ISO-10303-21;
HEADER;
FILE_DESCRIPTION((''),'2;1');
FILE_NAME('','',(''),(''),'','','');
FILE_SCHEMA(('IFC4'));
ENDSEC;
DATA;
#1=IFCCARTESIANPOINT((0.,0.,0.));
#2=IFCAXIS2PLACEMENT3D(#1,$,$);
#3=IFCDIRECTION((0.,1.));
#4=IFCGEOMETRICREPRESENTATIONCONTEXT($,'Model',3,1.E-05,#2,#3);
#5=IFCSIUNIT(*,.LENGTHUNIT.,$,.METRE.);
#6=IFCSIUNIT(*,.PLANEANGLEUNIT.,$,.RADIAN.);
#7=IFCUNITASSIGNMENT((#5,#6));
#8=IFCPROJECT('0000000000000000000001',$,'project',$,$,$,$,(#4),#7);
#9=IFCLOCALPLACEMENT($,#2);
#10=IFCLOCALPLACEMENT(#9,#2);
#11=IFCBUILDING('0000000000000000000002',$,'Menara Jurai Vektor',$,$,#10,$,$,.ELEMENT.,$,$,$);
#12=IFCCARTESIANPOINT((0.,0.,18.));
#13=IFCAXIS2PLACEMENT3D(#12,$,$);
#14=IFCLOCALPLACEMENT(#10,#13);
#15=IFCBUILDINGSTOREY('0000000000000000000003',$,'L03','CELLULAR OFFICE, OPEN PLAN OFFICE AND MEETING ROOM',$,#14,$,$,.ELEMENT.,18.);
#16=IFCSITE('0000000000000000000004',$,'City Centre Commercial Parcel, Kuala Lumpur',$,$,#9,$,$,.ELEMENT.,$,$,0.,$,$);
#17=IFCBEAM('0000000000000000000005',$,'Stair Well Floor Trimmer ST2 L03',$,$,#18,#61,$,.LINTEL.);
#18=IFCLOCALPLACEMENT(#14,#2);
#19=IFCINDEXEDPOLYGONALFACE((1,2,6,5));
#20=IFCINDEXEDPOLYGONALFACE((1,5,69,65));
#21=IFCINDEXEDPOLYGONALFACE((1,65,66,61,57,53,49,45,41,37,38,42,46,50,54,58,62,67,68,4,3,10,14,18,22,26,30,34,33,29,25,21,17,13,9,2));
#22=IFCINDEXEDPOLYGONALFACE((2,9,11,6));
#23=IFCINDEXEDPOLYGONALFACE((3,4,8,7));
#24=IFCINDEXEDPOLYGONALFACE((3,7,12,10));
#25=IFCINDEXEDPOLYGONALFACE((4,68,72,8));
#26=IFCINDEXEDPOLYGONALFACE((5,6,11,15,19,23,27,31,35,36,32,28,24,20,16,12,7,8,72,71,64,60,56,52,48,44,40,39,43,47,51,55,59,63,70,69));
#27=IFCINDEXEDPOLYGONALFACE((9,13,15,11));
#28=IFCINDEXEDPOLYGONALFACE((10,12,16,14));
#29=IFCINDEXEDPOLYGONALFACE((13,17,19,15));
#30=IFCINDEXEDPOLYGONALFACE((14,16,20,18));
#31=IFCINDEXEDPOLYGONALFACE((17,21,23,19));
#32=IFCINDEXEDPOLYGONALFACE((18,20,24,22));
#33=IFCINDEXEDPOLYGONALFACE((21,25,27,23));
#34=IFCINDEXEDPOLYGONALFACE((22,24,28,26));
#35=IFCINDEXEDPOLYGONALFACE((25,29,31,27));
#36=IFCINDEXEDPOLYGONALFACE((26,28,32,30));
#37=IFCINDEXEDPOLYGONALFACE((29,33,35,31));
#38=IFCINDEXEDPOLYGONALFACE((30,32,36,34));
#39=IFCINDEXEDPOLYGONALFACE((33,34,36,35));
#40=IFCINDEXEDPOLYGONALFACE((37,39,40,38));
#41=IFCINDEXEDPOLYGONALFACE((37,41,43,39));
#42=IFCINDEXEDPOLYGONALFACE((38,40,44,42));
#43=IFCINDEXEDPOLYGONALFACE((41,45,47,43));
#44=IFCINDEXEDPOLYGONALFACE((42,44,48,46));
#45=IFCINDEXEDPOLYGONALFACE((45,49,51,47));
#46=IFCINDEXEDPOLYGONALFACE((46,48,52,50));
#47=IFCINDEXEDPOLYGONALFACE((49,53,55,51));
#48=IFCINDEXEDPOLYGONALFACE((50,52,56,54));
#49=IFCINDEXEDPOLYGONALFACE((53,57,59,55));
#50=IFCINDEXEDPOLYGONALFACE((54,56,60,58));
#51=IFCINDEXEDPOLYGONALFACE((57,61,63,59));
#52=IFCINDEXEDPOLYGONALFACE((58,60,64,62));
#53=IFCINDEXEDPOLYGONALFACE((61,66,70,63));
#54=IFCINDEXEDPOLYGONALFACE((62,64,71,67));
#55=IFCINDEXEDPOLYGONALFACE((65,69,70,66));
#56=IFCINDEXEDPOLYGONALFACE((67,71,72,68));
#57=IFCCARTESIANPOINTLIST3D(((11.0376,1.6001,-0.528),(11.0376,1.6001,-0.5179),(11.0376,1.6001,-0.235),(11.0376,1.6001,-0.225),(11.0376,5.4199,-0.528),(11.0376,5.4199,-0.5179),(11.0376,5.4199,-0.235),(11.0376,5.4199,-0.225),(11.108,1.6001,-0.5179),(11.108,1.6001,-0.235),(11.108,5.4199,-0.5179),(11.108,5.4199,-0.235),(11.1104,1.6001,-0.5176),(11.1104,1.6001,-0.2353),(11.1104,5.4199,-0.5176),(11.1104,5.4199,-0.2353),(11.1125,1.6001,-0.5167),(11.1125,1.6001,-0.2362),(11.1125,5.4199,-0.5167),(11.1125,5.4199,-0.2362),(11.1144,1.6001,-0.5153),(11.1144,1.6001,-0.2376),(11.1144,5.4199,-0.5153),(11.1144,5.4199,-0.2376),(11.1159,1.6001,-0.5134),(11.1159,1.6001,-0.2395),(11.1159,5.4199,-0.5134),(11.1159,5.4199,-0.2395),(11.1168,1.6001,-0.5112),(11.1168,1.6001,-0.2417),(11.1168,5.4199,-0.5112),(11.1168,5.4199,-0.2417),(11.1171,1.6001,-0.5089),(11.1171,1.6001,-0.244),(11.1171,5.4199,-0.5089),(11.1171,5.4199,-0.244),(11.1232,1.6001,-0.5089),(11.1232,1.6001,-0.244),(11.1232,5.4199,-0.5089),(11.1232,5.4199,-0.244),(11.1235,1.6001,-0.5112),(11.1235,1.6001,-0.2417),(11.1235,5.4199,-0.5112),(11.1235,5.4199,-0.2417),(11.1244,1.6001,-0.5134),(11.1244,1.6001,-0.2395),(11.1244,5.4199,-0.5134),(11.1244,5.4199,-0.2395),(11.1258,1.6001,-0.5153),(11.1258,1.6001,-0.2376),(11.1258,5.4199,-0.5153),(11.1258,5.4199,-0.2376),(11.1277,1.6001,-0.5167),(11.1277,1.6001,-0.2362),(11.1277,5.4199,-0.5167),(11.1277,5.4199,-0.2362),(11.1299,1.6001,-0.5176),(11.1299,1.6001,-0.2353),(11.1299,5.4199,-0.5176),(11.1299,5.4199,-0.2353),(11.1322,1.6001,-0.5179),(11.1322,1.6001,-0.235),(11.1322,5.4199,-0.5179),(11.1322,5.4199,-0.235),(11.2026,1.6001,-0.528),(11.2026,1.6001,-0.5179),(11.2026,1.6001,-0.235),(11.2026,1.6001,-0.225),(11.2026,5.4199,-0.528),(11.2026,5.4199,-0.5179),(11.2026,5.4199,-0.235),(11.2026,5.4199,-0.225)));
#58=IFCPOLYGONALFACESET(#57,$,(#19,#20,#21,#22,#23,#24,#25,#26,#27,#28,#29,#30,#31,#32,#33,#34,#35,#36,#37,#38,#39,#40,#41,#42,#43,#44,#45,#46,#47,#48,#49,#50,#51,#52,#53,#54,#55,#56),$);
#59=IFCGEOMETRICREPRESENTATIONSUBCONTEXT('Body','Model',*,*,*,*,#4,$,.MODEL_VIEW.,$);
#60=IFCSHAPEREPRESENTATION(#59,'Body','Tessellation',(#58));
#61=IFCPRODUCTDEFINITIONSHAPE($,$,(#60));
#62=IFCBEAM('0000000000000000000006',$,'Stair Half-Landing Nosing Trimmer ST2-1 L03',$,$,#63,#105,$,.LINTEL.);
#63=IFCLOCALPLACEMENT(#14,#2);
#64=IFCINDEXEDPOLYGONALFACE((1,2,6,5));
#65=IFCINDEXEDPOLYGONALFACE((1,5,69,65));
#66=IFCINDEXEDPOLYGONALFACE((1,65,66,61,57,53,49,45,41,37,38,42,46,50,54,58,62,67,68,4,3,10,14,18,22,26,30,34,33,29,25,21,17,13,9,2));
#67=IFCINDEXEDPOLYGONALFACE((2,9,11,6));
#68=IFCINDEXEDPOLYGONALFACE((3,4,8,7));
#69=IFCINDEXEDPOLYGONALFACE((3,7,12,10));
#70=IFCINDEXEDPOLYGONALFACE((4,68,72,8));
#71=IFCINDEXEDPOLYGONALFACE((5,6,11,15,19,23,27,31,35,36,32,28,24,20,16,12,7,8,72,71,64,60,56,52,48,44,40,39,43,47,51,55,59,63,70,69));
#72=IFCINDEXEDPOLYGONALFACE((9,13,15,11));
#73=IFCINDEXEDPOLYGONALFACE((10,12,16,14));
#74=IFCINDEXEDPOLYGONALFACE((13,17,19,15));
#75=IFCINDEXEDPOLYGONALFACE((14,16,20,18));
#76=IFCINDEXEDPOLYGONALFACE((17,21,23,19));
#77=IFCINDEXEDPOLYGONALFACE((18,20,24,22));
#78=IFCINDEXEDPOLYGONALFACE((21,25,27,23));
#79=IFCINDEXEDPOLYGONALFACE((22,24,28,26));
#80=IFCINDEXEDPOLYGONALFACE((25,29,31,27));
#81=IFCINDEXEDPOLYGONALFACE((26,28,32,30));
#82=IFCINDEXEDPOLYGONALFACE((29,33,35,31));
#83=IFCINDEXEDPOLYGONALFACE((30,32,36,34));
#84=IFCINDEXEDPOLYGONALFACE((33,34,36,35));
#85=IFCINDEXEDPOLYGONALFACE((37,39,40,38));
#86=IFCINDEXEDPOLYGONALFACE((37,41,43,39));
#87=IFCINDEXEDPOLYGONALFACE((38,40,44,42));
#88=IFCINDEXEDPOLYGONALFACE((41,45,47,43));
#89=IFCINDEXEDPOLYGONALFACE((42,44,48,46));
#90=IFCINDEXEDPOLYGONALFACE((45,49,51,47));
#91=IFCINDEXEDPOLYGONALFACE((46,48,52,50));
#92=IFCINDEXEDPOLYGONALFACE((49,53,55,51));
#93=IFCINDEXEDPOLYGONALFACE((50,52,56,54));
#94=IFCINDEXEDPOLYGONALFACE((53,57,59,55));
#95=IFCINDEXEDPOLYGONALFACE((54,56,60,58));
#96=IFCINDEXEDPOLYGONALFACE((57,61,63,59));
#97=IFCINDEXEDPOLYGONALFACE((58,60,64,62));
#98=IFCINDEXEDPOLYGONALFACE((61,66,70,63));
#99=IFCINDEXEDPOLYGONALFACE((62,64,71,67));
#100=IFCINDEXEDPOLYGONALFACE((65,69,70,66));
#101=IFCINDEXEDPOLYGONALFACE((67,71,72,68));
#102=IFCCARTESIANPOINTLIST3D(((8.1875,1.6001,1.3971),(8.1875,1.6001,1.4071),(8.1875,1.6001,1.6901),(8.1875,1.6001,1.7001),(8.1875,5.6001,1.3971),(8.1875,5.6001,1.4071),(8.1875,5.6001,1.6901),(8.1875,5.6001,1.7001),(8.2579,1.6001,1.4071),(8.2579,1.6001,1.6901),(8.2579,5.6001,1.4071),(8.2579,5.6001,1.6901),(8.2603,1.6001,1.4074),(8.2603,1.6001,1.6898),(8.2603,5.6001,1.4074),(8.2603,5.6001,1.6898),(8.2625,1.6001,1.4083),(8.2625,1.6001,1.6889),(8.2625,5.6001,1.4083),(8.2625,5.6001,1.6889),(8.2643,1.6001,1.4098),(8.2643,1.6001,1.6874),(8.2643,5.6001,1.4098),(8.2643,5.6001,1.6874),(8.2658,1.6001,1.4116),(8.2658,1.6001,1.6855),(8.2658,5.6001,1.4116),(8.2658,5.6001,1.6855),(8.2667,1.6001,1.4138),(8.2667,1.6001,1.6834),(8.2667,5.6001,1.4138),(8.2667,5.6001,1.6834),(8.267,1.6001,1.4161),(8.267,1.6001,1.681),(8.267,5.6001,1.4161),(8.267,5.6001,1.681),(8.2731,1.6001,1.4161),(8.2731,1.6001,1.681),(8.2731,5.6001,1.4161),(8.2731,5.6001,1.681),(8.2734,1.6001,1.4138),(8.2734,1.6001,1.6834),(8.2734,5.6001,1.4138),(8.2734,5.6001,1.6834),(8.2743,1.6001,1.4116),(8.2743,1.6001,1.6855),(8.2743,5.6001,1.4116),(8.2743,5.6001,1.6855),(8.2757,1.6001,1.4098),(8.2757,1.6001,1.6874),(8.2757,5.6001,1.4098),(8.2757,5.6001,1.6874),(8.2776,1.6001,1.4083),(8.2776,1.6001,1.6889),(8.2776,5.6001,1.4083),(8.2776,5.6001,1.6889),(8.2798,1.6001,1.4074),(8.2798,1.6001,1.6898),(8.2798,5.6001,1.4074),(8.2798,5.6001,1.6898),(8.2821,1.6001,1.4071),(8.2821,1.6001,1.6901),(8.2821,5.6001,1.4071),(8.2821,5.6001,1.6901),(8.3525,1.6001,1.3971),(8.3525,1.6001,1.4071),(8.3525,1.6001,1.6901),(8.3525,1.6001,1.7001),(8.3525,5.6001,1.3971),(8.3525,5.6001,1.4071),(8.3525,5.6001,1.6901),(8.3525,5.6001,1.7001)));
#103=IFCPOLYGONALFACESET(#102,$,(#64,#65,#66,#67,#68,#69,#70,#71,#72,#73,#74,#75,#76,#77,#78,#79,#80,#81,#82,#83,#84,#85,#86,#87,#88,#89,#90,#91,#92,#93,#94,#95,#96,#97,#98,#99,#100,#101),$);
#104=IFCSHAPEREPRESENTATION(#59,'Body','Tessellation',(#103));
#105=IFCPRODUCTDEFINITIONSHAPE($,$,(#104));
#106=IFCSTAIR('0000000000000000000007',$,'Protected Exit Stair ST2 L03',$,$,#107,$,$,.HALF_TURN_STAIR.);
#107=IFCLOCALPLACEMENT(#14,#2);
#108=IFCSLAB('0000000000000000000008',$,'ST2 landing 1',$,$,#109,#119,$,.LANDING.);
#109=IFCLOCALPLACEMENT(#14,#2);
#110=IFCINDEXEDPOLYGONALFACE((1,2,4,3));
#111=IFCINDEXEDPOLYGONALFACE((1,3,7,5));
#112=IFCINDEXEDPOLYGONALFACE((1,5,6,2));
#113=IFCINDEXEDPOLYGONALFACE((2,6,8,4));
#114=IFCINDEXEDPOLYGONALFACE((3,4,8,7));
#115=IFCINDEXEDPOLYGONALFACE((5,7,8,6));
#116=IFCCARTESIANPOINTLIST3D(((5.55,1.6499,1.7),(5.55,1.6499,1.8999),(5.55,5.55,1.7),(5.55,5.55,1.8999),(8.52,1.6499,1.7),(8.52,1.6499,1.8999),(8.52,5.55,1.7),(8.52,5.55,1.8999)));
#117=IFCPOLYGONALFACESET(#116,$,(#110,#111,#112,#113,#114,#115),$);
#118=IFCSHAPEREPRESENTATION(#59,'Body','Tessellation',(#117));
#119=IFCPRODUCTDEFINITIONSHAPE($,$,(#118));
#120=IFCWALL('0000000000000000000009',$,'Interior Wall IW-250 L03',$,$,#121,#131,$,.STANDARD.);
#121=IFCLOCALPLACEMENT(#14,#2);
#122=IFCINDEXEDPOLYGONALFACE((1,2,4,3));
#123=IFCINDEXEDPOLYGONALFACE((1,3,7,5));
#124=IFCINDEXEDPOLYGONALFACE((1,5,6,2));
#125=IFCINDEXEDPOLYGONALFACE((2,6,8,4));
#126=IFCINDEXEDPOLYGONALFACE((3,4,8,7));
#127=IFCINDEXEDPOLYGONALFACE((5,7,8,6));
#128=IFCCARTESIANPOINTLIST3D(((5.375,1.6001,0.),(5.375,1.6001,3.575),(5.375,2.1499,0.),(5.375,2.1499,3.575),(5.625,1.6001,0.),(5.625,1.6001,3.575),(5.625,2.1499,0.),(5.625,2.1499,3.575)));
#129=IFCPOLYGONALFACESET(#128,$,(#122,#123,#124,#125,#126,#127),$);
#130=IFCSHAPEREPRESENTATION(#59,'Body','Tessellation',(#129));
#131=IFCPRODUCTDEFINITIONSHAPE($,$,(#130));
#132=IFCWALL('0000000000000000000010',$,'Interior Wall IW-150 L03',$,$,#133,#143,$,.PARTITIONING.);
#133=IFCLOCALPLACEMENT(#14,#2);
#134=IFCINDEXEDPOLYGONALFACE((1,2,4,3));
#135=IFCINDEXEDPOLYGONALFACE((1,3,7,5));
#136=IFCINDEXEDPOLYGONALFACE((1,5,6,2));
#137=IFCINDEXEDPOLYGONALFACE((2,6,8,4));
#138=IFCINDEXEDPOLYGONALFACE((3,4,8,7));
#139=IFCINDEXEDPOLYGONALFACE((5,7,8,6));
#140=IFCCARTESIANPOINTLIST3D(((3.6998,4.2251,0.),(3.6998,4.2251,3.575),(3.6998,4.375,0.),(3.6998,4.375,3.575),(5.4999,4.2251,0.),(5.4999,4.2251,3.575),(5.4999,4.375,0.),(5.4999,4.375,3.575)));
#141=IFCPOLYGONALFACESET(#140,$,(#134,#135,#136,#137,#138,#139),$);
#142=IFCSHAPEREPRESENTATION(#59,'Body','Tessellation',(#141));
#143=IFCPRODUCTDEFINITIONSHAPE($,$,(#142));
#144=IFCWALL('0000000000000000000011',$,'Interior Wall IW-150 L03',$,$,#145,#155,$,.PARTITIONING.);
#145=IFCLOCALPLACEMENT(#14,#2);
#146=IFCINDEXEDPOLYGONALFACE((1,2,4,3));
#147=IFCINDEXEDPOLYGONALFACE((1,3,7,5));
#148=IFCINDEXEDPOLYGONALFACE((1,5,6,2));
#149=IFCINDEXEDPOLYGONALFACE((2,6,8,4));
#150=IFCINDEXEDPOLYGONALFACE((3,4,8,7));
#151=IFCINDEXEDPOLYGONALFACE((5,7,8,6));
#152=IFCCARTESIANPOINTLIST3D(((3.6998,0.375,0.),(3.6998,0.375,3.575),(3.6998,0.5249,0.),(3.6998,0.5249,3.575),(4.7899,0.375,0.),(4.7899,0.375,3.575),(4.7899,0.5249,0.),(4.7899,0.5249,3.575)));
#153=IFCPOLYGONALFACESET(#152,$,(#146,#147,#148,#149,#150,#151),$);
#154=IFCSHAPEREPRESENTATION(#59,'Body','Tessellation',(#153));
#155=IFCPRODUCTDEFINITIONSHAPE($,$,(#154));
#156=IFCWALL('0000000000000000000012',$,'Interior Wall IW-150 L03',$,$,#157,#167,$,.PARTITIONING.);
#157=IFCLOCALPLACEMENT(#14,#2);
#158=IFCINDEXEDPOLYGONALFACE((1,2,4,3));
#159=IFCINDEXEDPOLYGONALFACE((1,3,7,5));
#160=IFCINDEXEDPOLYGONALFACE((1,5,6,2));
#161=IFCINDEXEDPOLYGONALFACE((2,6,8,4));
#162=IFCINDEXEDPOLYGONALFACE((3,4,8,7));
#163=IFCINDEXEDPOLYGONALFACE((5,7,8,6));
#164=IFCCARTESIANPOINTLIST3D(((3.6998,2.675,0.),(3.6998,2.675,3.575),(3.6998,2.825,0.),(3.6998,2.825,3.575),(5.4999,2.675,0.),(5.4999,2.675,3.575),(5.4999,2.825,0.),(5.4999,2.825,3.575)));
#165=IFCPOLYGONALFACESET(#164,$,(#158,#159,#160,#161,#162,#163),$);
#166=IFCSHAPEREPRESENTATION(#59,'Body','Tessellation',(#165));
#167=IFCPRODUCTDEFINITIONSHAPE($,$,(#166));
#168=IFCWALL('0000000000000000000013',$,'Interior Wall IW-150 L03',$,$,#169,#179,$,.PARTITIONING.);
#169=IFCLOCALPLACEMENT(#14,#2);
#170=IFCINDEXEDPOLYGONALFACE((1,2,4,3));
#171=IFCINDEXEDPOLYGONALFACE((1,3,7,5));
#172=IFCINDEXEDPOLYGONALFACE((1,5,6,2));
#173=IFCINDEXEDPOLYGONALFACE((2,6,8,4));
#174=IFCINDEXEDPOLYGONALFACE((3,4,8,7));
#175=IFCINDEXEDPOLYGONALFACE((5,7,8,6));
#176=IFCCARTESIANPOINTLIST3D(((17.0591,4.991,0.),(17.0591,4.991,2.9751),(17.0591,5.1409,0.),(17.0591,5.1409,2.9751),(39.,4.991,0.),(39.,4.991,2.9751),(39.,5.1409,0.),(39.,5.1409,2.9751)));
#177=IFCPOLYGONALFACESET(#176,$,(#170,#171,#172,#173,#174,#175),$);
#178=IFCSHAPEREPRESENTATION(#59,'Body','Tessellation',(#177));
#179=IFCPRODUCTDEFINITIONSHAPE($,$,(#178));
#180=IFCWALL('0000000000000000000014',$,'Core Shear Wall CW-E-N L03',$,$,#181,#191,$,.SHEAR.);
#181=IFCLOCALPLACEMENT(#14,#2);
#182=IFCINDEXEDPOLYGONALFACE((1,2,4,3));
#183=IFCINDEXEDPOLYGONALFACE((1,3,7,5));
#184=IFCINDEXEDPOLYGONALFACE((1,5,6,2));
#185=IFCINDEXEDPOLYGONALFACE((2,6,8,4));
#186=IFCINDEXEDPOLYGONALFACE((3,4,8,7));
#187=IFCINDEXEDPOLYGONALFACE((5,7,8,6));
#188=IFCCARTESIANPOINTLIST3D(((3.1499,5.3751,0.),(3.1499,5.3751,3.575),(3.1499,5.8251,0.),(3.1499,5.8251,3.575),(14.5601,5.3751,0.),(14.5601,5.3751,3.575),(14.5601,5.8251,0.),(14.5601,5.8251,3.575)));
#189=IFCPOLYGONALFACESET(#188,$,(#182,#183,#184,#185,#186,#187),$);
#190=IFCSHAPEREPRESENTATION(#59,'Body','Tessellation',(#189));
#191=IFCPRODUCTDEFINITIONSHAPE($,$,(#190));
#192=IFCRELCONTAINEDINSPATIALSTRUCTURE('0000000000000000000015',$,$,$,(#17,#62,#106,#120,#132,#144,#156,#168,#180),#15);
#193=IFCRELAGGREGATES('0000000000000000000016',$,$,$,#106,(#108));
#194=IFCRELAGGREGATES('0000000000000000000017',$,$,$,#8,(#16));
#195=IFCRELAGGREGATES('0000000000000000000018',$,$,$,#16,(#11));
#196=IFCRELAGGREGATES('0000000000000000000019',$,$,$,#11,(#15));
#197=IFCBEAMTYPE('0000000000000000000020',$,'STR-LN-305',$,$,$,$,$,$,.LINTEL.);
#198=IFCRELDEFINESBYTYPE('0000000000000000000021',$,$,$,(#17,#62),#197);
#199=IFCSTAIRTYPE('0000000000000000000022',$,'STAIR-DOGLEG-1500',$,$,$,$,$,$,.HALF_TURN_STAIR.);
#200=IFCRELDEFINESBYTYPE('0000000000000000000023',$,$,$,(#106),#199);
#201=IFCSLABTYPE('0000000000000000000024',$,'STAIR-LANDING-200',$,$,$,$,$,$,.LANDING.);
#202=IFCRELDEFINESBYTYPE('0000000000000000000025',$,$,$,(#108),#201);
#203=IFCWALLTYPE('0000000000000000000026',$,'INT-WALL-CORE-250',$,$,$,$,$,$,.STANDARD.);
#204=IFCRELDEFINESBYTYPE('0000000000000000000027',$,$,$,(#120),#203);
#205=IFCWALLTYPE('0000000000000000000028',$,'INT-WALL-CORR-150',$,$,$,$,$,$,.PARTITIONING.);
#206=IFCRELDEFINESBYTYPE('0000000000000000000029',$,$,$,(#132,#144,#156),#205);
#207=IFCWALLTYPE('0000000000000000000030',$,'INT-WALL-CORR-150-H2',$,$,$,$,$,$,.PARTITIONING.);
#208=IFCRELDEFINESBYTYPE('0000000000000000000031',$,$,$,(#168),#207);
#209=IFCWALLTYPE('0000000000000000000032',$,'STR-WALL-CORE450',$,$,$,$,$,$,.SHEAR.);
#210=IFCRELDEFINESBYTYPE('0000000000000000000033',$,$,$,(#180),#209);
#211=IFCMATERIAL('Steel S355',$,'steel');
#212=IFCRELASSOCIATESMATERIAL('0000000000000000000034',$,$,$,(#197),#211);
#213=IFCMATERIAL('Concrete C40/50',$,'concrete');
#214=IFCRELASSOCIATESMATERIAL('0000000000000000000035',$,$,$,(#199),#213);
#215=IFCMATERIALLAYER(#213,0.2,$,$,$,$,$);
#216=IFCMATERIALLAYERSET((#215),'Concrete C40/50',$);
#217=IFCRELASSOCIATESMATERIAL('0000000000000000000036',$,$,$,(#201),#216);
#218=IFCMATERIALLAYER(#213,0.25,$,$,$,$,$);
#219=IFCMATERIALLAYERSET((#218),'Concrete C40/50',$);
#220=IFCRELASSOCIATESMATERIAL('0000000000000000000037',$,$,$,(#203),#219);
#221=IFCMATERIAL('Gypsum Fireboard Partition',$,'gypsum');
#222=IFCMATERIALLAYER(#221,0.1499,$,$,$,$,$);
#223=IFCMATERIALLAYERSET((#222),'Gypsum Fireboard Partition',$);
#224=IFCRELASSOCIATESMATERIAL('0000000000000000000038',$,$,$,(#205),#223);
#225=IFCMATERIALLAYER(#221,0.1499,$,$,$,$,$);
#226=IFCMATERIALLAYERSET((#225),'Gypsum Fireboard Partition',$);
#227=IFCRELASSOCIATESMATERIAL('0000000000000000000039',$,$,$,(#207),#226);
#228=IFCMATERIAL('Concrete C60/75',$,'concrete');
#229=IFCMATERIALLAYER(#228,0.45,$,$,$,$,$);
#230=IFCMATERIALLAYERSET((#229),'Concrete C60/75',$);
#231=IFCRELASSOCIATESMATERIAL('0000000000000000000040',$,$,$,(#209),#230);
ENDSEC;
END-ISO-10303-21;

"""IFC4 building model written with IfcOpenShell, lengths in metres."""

from ifc_helpers import new_model, si_unit, direction, frame, frame_2d, origin, origin_2d, place, context, subcontext, project, spatial, polyline, rectangle, i_section, outline, extrude, material, layer, layer_set, material_profile, profile_set, type_object, element, aggregate, save


model = new_model("IFC4")

# Units and contexts
model_context = context("Model", 3, precision=1e-05, world=origin(), true_north=direction((0.0, 1.0)))
body_context = subcontext(model_context, "Body", "Model", "MODEL_VIEW")
ifc_project = project(units=[si_unit("LENGTHUNIT", "METRE"), si_unit("PLANEANGLEUNIT", "RADIAN")], contexts=[model_context])

# Site, building, storey
site_placement = place(None, origin())
site = spatial("IfcSite", under=ifc_project, at=site_placement, Name="City Centre Commercial Parcel, Kuala Lumpur", CompositionType="ELEMENT", RefElevation=0.0)
building_placement = place(site_placement, origin())
building = spatial("IfcBuilding", under=site, at=building_placement, Name="Menara Jurai Vektor", CompositionType="ELEMENT")
storey_placement = place(building_placement, frame((0.0, 0.0, 18.0)))
storey = spatial("IfcBuildingStorey", under=building, at=storey_placement, Name="L03", Description="CELLULAR OFFICE, OPEN PLAN OFFICE AND MEETING ROOM", CompositionType="ELEMENT", Elevation=18.0)

# Shared definitions
ifc_material_1 = material(Name="Concrete C60/75", Category="concrete")
ifc_material_2 = material(Name="Steel S355", Category="steel")

# Beams
ifc_material_profile_1 = material_profile(ifc_material_2, i_section(OverallWidth=0.165, OverallDepth=0.303, WebThickness=0.0061, FlangeThickness=0.01, FilletRadius=0.009, at=origin_2d()), Name="UKB 305x165x40")
ifc_profile_set_1 = profile_set([ifc_material_profile_1], Name="Steel S355")
beam_type_1 = type_object("IfcBeamType", Name="STR-LN-305", PredefinedType="LINTEL", material=ifc_profile_set_1)
beam_1_placement = place(storey_placement, frame((11.1201, 1.6001, -0.3765), z_axis=(0.0, 1.0, 0.0), x_axis=(-1.0, 0.0, 0.0)))
element("IfcBeam", 1, at=beam_1_placement, inside=storey, type_object=beam_type_1, Name="Stair Well Floor Trimmer ST2 L03", PredefinedType="LINTEL", context=body_context, shape_type="SweptSolid", body=[
    extrude(i_section(OverallWidth=0.165, OverallDepth=0.303, WebThickness=0.0061, FlangeThickness=0.01, FilletRadius=0.009, at=origin_2d()), origin(), (0.0, 0.0, 1.0), 3.8198),
])
beam_2_placement = place(storey_placement, frame((8.27, 1.6001, 1.5486), z_axis=(0.0, 1.0, 0.0), x_axis=(-1.0, 0.0, 0.0)))
element("IfcBeam", 2, at=beam_2_placement, inside=storey, type_object=beam_type_1, Name="Stair Half-Landing Nosing Trimmer ST2-1 L03", PredefinedType="LINTEL", context=body_context, shape_type="SweptSolid", body=[
    extrude(i_section(OverallWidth=0.165, OverallDepth=0.303, WebThickness=0.0061, FlangeThickness=0.01, FilletRadius=0.009, at=origin_2d()), origin(), (0.0, 0.0, 1.0), 4.0),
])

# Stair, slab
ifc_material_3 = material(Name="Concrete C40/50", Category="concrete")
stair_type = type_object("IfcStairType", Name="STAIR-DOGLEG-1500", PredefinedType="HALF_TURN_STAIR", material=ifc_material_3)
stair_placement = place(storey_placement, origin())
stair = element("IfcStair", 3, at=stair_placement, inside=storey, type_object=stair_type, Name="Protected Exit Stair ST2 L03", PredefinedType="HALF_TURN_STAIR")
ifc_layer_1 = layer(ifc_material_3, 0.2)
ifc_layer_set_1 = layer_set([ifc_layer_1], Name="Concrete C40/50")
slab_type = type_object("IfcSlabType", Name="STAIR-LANDING-200", PredefinedType="LANDING", material=ifc_layer_set_1)
slab_placement = place(storey_placement, frame((0.0, 0.0, 1.7)))
slab = element("IfcSlab", 4, at=slab_placement, type_object=slab_type, Name="ST2 landing 1", PredefinedType="LANDING", context=body_context, shape_type="SweptSolid", body=[
    extrude(outline(polyline([(5.55, 1.6499), (8.52, 1.6499), (8.52, 5.55), (5.55, 5.55), (5.55, 1.6499)])), origin(), (0.0, 0.0, 1.0), 0.2),
])

# Shared definitions
ifc_layer_2 = layer(ifc_material_3, 0.25)
ifc_layer_set_2 = layer_set([ifc_layer_2], Name="Concrete C40/50")
wall_type_1 = type_object("IfcWallType", Name="INT-WALL-CORE-250", PredefinedType="STANDARD", material=ifc_layer_set_2)

# Walls
wall_1_placement = place(storey_placement, frame((5.5, 1.6001, 0.0), z_axis=(0.0, 0.0, 1.0), x_axis=(0.0, 1.0, 0.0)))
element("IfcWall", 5, at=wall_1_placement, inside=storey, type_object=wall_type_1, Name="Interior Wall IW-250 L03", PredefinedType="STANDARD", context=body_context, shape_type="SweptSolid", body=[
    extrude(rectangle(XDim=0.5498, YDim=0.25, at=frame_2d((0.2749, 0.0))), origin(), (0.0, 0.0, 1.0), 3.575),
])
ifc_material_4 = material(Name="Gypsum Fireboard Partition", Category="gypsum")
ifc_layer_3 = layer(ifc_material_4, 0.1499)
ifc_layer_set_3 = layer_set([ifc_layer_3], Name="Gypsum Fireboard Partition")
wall_type_2 = type_object("IfcWallType", Name="INT-WALL-CORR-150", PredefinedType="PARTITIONING", material=ifc_layer_set_3)
wall_2_placement = place(storey_placement, frame((3.7, 4.3, 0.0), z_axis=(0.0, 0.0, 1.0), x_axis=(1.0, 0.0, 0.0)))
element("IfcWall", 6, at=wall_2_placement, inside=storey, type_object=wall_type_2, Name="Interior Wall IW-150 L03", PredefinedType="PARTITIONING", context=body_context, shape_type="SweptSolid", body=[
    extrude(rectangle(XDim=1.8, YDim=0.1499, at=frame_2d((0.8999, 0.0))), origin(), (0.0, 0.0, 1.0), 3.575),
])
wall_3_placement = place(storey_placement, frame((3.7, 0.45, 0.0), z_axis=(0.0, 0.0, 1.0), x_axis=(1.0, 0.0, 0.0)))
element("IfcWall", 7, at=wall_3_placement, inside=storey, type_object=wall_type_2, Name="Interior Wall IW-150 L03", PredefinedType="PARTITIONING", context=body_context, shape_type="SweptSolid", body=[
    extrude(rectangle(XDim=1.0901, YDim=0.1499, at=frame_2d((0.5449, 0.0))), origin(), (0.0, 0.0, 1.0), 3.575),
])
wall_4_placement = place(storey_placement, frame((3.7, 2.75, 0.0), z_axis=(0.0, 0.0, 1.0), x_axis=(1.0, 0.0, 0.0)))
element("IfcWall", 8, at=wall_4_placement, inside=storey, type_object=wall_type_2, Name="Interior Wall IW-150 L03", PredefinedType="PARTITIONING", context=body_context, shape_type="SweptSolid", body=[
    extrude(rectangle(XDim=1.8, YDim=0.1499, at=frame_2d((0.8999, 0.0))), origin(), (0.0, 0.0, 1.0), 3.575),
])

# Walls
ifc_layer_4 = layer(ifc_material_4, 0.1499)
ifc_layer_set_4 = layer_set([ifc_layer_4], Name="Gypsum Fireboard Partition")
wall_type_3 = type_object("IfcWallType", Name="INT-WALL-CORR-150-H2", PredefinedType="PARTITIONING", material=ifc_layer_set_4)
wall_5_placement = place(storey_placement, frame((17.0591, 5.0659, 0.0), z_axis=(0.0, 0.0, 1.0), x_axis=(1.0, 0.0, 0.0)))
element("IfcWall", 9, at=wall_5_placement, inside=storey, type_object=wall_type_3, Name="Interior Wall IW-150 L03", PredefinedType="PARTITIONING", context=body_context, shape_type="SweptSolid", body=[
    extrude(rectangle(XDim=21.9409, YDim=0.1499, at=frame_2d((10.9705, 0.0))), origin(), (0.0, 0.0, 1.0), 2.9751),
])
ifc_layer_5 = layer(ifc_material_1, 0.45)
ifc_layer_set_5 = layer_set([ifc_layer_5], Name="Concrete C60/75")
wall_type_4 = type_object("IfcWallType", Name="STR-WALL-CORE450", PredefinedType="SHEAR", material=ifc_layer_set_5)
wall_6_placement = place(storey_placement, frame((3.1499, 5.6001, 0.0), z_axis=(0.0, 0.0, 1.0), x_axis=(1.0, 0.0, 0.0)))
element("IfcWall", 10, at=wall_6_placement, inside=storey, type_object=wall_type_4, Name="Core Shear Wall CW-E-N L03", PredefinedType="SHEAR", context=body_context, shape_type="SweptSolid", body=[
    extrude(rectangle(XDim=11.4102, YDim=0.45, at=frame_2d((5.7051, 0.0))), origin(), (0.0, 0.0, 1.0), 3.575),
])

aggregate(stair, [slab])

save(model, "model.ifc")
